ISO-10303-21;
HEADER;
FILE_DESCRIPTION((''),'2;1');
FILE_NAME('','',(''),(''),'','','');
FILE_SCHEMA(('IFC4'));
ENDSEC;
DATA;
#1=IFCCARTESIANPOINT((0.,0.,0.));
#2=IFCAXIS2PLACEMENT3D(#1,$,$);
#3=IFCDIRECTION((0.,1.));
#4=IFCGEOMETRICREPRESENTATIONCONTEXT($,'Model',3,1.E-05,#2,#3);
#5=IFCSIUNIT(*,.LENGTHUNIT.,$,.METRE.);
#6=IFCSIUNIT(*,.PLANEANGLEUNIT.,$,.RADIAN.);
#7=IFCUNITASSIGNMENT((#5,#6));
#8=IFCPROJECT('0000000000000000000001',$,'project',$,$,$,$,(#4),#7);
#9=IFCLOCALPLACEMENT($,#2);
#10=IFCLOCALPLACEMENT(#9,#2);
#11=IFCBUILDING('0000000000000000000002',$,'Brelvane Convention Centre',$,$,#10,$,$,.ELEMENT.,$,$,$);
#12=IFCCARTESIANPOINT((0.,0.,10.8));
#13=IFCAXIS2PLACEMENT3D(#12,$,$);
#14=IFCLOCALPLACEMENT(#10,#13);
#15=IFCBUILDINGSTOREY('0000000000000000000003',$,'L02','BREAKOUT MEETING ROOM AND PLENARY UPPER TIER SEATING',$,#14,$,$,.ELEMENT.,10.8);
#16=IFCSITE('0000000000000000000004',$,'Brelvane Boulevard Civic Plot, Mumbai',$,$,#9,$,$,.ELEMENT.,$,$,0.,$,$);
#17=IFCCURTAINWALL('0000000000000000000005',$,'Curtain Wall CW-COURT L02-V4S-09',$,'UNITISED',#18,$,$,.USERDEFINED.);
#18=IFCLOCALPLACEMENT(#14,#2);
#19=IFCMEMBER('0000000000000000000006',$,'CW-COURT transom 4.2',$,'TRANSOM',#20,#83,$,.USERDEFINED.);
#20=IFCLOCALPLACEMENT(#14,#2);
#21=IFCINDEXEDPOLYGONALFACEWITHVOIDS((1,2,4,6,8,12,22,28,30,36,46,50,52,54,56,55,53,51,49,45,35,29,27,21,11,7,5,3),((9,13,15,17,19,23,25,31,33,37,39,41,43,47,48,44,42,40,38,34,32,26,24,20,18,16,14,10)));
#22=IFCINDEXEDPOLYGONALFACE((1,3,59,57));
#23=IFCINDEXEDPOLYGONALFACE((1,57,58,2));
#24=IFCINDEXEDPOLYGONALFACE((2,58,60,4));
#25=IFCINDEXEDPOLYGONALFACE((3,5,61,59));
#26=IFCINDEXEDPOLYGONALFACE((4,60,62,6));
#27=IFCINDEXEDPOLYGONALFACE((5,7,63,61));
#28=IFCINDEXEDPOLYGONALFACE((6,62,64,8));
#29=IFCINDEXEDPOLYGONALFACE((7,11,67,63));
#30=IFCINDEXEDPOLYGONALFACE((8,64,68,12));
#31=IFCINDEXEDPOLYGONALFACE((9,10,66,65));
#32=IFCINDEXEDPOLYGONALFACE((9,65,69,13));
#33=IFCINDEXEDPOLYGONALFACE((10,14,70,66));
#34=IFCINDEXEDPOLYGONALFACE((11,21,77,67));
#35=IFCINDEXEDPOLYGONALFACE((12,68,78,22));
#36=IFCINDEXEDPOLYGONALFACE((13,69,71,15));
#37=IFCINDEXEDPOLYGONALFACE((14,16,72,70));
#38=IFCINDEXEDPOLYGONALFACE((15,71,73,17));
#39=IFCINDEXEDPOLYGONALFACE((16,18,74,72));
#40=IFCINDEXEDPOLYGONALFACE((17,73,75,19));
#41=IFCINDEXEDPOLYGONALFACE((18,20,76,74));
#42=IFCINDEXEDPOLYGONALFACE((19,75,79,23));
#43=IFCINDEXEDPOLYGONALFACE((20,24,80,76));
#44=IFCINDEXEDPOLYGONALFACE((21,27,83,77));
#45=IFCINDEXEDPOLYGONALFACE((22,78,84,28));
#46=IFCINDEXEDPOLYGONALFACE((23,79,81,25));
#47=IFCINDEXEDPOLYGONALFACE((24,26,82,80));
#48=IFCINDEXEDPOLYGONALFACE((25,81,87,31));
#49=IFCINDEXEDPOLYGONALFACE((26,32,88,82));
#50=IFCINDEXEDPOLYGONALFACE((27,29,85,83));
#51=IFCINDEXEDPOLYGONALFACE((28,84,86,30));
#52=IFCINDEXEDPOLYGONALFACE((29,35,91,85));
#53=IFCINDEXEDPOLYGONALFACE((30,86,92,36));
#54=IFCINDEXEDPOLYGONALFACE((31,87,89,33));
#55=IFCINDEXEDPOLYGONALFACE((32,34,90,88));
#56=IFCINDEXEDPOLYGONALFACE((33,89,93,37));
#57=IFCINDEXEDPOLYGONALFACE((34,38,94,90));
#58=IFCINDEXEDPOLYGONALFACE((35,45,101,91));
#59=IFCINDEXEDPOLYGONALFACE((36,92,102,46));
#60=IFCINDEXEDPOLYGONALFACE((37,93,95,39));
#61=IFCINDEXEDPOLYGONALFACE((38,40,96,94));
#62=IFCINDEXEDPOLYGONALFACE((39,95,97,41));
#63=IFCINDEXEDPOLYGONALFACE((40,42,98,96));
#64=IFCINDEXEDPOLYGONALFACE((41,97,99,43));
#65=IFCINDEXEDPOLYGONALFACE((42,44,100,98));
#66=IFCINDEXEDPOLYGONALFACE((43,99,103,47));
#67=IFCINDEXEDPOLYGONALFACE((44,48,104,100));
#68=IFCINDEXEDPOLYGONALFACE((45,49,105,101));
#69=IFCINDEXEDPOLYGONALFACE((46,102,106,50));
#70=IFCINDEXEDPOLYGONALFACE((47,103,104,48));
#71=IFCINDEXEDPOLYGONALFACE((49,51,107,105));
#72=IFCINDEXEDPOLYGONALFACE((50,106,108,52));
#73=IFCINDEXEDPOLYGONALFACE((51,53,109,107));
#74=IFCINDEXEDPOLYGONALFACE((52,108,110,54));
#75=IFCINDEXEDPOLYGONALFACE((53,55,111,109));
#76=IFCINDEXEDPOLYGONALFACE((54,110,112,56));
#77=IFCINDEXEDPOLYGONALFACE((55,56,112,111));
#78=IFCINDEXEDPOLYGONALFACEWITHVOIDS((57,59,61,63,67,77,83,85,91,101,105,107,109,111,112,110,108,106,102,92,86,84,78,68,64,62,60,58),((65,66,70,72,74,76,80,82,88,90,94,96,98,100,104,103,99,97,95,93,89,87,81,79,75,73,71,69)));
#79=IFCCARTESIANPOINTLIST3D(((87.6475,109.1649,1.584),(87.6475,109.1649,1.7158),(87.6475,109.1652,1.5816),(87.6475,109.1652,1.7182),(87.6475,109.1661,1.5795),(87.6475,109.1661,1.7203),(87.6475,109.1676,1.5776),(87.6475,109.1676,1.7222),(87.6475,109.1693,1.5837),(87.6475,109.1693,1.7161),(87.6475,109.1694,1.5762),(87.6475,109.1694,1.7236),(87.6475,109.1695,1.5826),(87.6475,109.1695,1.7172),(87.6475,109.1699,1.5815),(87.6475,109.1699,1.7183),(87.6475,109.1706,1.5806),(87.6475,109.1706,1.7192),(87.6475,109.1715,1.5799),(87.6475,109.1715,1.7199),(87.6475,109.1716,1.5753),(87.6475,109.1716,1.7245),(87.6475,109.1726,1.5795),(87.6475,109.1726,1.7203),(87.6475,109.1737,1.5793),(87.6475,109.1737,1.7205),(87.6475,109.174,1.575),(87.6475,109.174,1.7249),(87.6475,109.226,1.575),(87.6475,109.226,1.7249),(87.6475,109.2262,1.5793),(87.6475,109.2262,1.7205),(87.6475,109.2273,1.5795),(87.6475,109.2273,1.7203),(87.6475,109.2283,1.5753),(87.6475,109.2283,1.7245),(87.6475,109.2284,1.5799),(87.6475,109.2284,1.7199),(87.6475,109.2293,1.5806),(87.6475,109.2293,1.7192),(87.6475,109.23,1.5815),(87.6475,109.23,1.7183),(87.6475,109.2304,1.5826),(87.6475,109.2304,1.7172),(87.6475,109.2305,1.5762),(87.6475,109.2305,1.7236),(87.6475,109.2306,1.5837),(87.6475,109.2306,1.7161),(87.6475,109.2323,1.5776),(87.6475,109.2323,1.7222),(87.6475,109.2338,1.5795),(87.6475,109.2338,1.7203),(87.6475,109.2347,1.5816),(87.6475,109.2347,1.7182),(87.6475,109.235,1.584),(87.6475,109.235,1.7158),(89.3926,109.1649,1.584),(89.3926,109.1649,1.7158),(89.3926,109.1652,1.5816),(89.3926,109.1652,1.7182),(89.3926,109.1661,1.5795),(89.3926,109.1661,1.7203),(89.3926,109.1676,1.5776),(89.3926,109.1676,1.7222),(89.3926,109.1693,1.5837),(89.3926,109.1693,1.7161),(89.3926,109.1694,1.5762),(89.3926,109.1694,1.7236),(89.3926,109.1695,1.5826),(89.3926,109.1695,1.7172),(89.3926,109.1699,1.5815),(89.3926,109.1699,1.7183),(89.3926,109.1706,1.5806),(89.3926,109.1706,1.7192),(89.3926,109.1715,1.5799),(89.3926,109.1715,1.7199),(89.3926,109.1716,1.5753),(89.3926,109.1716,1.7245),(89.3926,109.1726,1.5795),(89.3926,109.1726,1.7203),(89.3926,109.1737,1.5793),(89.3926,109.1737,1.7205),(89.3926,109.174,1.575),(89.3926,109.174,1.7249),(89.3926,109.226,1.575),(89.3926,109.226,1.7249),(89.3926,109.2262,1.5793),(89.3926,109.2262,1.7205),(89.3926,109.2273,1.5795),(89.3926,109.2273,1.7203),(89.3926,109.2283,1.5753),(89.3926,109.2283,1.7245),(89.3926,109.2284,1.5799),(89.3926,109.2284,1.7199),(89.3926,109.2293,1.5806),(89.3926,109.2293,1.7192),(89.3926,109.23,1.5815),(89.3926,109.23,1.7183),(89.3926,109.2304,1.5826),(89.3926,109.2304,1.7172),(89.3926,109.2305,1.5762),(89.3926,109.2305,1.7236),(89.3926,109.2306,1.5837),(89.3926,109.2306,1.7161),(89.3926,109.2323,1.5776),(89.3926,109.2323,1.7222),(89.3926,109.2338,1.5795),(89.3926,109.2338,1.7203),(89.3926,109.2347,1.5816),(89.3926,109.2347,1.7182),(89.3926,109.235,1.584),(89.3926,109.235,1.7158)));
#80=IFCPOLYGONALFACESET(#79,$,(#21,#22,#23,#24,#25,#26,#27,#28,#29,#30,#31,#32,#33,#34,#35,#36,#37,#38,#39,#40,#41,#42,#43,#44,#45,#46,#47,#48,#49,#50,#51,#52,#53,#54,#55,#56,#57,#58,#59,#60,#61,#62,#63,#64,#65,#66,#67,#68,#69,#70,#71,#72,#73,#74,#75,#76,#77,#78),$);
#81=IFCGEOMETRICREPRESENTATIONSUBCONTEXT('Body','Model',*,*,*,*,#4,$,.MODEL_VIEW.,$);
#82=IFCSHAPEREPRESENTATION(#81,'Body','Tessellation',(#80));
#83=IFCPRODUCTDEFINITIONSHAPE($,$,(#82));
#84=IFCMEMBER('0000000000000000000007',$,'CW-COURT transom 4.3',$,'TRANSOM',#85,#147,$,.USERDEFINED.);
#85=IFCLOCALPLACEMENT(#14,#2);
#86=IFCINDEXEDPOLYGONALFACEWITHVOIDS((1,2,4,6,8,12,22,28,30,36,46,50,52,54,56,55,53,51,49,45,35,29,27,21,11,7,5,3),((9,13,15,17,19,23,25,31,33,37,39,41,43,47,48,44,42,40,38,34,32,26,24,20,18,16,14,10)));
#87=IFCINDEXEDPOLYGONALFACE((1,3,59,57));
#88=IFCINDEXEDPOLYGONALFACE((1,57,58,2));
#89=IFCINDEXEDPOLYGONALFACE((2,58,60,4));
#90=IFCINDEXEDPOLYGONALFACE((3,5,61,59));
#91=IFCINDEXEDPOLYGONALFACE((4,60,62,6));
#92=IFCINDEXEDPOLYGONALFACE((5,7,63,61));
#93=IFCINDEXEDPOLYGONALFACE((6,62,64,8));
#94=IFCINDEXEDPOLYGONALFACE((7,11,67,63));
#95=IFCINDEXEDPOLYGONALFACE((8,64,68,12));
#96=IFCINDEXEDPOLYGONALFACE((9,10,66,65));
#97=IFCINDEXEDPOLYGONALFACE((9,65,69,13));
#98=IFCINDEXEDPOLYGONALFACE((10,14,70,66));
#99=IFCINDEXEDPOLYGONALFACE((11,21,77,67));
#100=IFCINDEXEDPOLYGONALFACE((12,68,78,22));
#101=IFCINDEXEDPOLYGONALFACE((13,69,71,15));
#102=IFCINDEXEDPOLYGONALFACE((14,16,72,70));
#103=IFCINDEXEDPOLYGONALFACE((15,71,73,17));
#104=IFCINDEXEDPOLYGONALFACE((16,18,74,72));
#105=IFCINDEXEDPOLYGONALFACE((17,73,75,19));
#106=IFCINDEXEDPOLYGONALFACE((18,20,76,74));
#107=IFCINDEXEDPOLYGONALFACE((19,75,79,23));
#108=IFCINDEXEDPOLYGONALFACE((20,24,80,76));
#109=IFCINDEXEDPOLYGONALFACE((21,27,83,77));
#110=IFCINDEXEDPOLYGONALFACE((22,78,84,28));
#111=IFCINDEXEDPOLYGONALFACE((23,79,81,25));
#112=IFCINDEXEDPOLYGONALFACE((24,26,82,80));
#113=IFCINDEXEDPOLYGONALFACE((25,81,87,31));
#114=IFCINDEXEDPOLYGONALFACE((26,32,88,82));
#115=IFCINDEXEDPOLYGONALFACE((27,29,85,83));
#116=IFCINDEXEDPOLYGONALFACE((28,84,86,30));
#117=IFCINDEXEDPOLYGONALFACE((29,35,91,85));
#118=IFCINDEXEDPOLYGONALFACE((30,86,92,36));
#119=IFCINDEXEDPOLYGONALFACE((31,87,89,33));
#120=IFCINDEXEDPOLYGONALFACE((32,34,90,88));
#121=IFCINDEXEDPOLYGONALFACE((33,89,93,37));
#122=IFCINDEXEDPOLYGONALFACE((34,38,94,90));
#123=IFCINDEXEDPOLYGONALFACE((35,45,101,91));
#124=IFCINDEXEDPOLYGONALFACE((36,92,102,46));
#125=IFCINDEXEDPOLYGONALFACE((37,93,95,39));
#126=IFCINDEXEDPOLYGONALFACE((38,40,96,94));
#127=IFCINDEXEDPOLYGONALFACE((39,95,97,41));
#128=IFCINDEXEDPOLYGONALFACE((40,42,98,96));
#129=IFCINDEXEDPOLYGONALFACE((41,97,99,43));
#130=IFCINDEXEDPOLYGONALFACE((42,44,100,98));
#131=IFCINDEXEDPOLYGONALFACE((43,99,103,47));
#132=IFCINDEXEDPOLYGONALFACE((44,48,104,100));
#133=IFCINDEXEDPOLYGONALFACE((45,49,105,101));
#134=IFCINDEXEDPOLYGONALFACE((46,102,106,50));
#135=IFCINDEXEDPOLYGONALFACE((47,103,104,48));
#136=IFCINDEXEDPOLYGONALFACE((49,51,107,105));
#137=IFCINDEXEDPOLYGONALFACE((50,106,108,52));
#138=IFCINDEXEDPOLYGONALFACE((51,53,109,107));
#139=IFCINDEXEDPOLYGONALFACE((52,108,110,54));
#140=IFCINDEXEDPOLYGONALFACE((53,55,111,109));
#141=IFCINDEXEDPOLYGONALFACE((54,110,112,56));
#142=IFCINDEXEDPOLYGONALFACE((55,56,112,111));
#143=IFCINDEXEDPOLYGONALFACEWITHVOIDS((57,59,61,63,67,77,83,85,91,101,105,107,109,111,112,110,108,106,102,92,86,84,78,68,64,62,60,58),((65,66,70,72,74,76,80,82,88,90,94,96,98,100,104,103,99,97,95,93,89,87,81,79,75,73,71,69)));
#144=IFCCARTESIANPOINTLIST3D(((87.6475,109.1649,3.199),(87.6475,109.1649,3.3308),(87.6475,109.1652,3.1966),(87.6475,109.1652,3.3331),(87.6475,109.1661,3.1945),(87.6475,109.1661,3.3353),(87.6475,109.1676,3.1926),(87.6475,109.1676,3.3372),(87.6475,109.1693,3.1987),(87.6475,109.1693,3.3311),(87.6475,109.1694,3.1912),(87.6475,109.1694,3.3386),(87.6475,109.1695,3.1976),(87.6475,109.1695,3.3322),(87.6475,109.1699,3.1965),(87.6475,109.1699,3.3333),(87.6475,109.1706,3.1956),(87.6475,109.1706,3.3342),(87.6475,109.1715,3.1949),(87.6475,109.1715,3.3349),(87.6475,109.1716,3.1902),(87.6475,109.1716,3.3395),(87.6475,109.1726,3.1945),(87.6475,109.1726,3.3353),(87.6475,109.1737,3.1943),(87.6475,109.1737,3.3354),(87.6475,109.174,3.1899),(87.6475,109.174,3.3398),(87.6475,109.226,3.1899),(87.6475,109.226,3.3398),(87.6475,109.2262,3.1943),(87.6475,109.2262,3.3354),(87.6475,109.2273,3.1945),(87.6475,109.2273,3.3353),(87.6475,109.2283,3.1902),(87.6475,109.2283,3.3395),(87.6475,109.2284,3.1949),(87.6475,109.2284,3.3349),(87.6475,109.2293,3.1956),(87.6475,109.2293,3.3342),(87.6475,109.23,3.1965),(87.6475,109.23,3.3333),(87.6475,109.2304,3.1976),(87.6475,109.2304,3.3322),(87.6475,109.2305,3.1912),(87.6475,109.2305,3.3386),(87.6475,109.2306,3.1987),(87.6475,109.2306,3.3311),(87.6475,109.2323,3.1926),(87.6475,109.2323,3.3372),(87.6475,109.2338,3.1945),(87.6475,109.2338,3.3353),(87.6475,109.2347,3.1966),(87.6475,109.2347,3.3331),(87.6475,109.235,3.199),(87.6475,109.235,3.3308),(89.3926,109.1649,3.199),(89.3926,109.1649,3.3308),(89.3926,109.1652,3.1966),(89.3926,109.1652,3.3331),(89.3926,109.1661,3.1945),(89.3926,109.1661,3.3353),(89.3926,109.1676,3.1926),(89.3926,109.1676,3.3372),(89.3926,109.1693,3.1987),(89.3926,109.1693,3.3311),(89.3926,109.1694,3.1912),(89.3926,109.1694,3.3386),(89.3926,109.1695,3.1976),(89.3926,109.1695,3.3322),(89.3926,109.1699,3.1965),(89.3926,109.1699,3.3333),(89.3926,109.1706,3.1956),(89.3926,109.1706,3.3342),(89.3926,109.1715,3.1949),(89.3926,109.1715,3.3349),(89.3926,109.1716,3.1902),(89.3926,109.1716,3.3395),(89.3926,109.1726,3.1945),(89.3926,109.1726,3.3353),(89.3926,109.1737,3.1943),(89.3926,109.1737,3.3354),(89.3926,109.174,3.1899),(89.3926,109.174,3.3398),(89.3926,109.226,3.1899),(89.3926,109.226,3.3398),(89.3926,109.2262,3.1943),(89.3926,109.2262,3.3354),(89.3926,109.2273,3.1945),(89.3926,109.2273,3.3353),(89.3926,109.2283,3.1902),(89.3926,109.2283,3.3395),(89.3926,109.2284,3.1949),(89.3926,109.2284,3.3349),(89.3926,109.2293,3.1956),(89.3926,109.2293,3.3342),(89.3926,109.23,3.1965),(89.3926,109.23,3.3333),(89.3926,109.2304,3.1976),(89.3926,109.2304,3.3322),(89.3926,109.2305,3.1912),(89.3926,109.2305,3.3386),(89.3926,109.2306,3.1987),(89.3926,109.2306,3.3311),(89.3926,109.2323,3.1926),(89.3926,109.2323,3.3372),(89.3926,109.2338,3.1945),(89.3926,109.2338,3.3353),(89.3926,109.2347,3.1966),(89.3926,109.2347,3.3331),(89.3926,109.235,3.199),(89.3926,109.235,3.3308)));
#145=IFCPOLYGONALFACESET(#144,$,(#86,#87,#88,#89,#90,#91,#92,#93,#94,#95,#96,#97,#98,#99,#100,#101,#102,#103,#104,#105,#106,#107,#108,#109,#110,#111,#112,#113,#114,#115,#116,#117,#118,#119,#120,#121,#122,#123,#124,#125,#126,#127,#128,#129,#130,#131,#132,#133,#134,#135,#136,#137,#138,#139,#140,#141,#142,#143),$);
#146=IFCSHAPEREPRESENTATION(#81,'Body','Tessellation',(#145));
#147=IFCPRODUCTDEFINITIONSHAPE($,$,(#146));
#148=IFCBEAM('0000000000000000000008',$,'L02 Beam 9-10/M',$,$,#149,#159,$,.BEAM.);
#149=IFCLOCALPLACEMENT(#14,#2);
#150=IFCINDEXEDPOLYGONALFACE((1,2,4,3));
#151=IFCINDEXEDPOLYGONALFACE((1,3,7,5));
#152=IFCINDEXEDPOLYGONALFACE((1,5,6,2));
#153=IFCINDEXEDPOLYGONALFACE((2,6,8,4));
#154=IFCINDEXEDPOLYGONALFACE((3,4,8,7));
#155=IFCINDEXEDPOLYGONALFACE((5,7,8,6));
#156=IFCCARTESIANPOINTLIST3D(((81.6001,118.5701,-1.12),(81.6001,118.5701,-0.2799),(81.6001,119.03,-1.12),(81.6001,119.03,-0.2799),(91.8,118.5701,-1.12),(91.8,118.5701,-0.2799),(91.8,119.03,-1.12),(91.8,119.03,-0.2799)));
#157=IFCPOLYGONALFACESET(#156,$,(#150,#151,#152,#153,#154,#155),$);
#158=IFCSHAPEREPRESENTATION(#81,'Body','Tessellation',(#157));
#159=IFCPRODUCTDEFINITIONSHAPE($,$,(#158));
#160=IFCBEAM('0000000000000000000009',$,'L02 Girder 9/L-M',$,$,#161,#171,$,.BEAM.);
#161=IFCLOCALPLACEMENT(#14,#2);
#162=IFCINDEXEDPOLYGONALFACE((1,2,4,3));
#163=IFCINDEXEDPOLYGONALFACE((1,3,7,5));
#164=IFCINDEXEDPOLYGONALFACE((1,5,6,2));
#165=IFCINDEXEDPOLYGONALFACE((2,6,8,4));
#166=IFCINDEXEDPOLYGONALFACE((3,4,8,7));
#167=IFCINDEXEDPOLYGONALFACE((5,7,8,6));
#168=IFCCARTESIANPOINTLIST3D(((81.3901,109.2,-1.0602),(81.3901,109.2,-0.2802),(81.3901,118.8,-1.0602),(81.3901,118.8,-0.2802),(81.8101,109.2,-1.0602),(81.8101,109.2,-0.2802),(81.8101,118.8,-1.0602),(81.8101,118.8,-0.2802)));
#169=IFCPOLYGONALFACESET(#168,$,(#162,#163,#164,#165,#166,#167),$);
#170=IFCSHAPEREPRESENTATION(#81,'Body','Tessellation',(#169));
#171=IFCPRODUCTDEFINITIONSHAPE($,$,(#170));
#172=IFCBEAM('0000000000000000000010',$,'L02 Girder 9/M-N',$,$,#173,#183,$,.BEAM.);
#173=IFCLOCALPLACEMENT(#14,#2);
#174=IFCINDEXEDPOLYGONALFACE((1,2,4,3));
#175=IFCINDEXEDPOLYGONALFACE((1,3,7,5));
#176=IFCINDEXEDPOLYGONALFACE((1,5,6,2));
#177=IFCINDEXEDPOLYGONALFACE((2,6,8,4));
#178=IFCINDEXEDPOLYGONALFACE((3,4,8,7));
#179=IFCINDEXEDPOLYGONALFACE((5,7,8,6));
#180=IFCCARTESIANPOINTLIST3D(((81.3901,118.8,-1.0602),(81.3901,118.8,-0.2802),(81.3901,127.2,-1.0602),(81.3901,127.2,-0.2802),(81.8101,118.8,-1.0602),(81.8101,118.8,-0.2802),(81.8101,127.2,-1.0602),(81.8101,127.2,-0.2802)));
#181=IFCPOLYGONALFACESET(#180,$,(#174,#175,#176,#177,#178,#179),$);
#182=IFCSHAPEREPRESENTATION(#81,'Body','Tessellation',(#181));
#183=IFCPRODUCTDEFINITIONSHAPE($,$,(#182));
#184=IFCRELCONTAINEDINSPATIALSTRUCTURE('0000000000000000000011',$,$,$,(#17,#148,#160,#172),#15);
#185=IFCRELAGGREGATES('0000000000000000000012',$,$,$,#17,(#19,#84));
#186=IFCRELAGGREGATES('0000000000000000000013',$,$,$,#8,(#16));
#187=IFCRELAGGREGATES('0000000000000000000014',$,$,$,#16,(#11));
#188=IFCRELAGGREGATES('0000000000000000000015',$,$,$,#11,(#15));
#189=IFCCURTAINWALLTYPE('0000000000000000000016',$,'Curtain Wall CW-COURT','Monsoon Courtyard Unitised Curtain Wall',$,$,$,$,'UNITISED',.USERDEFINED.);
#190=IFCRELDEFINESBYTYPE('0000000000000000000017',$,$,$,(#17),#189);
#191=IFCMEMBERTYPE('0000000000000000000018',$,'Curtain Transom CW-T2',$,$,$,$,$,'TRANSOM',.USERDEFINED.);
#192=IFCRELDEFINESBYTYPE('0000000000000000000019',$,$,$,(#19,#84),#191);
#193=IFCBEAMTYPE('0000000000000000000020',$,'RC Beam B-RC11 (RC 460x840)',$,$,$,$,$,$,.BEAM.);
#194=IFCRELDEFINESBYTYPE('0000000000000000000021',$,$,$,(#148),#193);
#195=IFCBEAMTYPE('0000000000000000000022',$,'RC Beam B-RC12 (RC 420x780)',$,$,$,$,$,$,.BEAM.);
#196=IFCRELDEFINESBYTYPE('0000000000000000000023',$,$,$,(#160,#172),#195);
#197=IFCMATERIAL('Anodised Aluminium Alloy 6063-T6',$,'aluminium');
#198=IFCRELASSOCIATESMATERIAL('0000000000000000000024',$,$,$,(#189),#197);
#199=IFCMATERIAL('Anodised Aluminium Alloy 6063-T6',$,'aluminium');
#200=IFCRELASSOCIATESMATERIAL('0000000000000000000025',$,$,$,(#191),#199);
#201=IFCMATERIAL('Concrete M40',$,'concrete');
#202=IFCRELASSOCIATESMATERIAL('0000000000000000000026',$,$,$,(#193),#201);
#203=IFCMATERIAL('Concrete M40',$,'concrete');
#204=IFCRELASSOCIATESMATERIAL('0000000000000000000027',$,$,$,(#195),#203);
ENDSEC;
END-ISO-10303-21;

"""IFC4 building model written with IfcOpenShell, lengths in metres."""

from ifc_helpers import new_model, si_unit, direction, frame, origin, origin_2d, place, context, subcontext, project, spatial, rectangle, hollow_rectangle, extrude, material, material_profile, profile_set, type_object, element, aggregate, save


model = new_model("IFC4")

# Units and contexts
model_context = context("Model", 3, precision=1e-05, world=origin(), true_north=direction((0.0, 1.0)))
body_context = subcontext(model_context, "Body", "Model", "MODEL_VIEW")
ifc_project = project(units=[si_unit("LENGTHUNIT", "METRE"), si_unit("PLANEANGLEUNIT", "RADIAN")], contexts=[model_context])

# Site, building, storey
site_placement = place(None, origin())
site = spatial("IfcSite", under=ifc_project, at=site_placement, Name="Brelvane Boulevard Civic Plot, Mumbai", CompositionType="ELEMENT", RefElevation=0.0)
building_placement = place(site_placement, origin())
building = spatial("IfcBuilding", under=site, at=building_placement, Name="Brelvane Convention Centre", CompositionType="ELEMENT")
storey_placement = place(building_placement, frame((0.0, 0.0, 10.8)))
storey = spatial("IfcBuildingStorey", under=building, at=storey_placement, Name="L02", Description="BREAKOUT MEETING ROOM AND PLENARY UPPER TIER SEATING", CompositionType="ELEMENT", Elevation=10.8)

# Curtain wall, members
ifc_material_1 = material(Name="Anodised Aluminium Alloy 6063-T6", Category="aluminium")
curtain_wall_type = type_object("IfcCurtainWallType", Name="Curtain Wall CW-COURT", Description="Monsoon Courtyard Unitised Curtain Wall", ElementType="UNITISED", PredefinedType="USERDEFINED", material=ifc_material_1)
curtain_wall_placement = place(storey_placement, origin())
curtain_wall = element("IfcCurtainWall", 1, at=curtain_wall_placement, inside=storey, type_object=curtain_wall_type, Name="Curtain Wall CW-COURT L02-V4S-09", ObjectType="UNITISED", PredefinedType="USERDEFINED")
ifc_material_2 = material(Name="Anodised Aluminium Alloy 6063-T6", Category="aluminium")
ifc_material_profile_1 = material_profile(ifc_material_2, hollow_rectangle(XDim=0.0701, YDim=0.1499, WallThickness=0.0044, InnerFilletRadius=0.0044, OuterFilletRadius=0.009, at=origin_2d()), Name="ALU-T 150x70x4.5")
ifc_profile_set_1 = profile_set([ifc_material_profile_1], Name="Anodised Aluminium Alloy 6063-T6")
member_type_1 = type_object("IfcMemberType", Name="Curtain Transom CW-T2", ElementType="TRANSOM", PredefinedType="USERDEFINED", material=ifc_profile_set_1)
member_1_placement = place(storey_placement, frame((87.6475, 109.2, 1.6499), z_axis=(1.0, 0.0, 0.0), x_axis=(0.0, 1.0, 0.0)))
member_1 = element("IfcMember", 2, at=member_1_placement, type_object=member_type_1, Name="CW-COURT transom 4.2", ObjectType="TRANSOM", PredefinedType="USERDEFINED", context=body_context, shape_type="SweptSolid", body=[
    extrude(hollow_rectangle(XDim=0.0701, YDim=0.1499, WallThickness=0.0044, InnerFilletRadius=0.0044, OuterFilletRadius=0.009, at=origin_2d()), origin(), (0.0, 0.0, 1.0), 1.7451),
])
member_2_placement = place(storey_placement, frame((87.6475, 109.2, 3.2649), z_axis=(1.0, 0.0, 0.0), x_axis=(0.0, 1.0, 0.0)))
member_2 = element("IfcMember", 3, at=member_2_placement, type_object=member_type_1, Name="CW-COURT transom 4.3", ObjectType="TRANSOM", PredefinedType="USERDEFINED", context=body_context, shape_type="SweptSolid", body=[
    extrude(hollow_rectangle(XDim=0.0701, YDim=0.1499, WallThickness=0.0044, InnerFilletRadius=0.0044, OuterFilletRadius=0.009, at=origin_2d()), origin(), (0.0, 0.0, 1.0), 1.7451),
])

# Beams
ifc_material_3 = material(Name="Concrete M40", Category="concrete")
ifc_material_profile_2 = material_profile(ifc_material_3, rectangle(XDim=0.46, YDim=0.8401, at=origin_2d()), Name="RC 460x840")
ifc_profile_set_2 = profile_set([ifc_material_profile_2], Name="Concrete M40")
beam_type_1 = type_object("IfcBeamType", Name="RC Beam B-RC11 (RC 460x840)", PredefinedType="BEAM", material=ifc_profile_set_2)
beam_1_placement = place(storey_placement, frame((81.6001, 118.8, -0.7), z_axis=(1.0, 0.0, 0.0), x_axis=(0.0, 1.0, 0.0)))
element("IfcBeam", 4, at=beam_1_placement, inside=storey, type_object=beam_type_1, Name="L02 Beam 9-10/M", PredefinedType="BEAM", context=body_context, shape_type="SweptSolid", body=[
    extrude(rectangle(XDim=0.46, YDim=0.8401, at=origin_2d()), origin(), (0.0, 0.0, 1.0), 10.2),
])
ifc_material_4 = material(Name="Concrete M40", Category="concrete")
ifc_material_profile_3 = material_profile(ifc_material_4, rectangle(XDim=0.4199, YDim=0.78, at=origin_2d()), Name="RC 420x780")
ifc_profile_set_3 = profile_set([ifc_material_profile_3], Name="Concrete M40")
beam_type_2 = type_object("IfcBeamType", Name="RC Beam B-RC12 (RC 420x780)", PredefinedType="BEAM", material=ifc_profile_set_3)
beam_2_placement = place(storey_placement, frame((81.6001, 109.2, -0.6702), z_axis=(0.0, 1.0, 0.0), x_axis=(-1.0, 0.0, 0.0)))
element("IfcBeam", 5, at=beam_2_placement, inside=storey, type_object=beam_type_2, Name="L02 Girder 9/L-M", PredefinedType="BEAM", context=body_context, shape_type="SweptSolid", body=[
    extrude(rectangle(XDim=0.4199, YDim=0.78, at=origin_2d()), origin(), (0.0, 0.0, 1.0), 9.6001),
])
beam_3_placement = place(storey_placement, frame((81.6001, 118.8, -0.6702), z_axis=(0.0, 1.0, 0.0), x_axis=(-1.0, 0.0, 0.0)))
element("IfcBeam", 6, at=beam_3_placement, inside=storey, type_object=beam_type_2, Name="L02 Girder 9/M-N", PredefinedType="BEAM", context=body_context, shape_type="SweptSolid", body=[
    extrude(rectangle(XDim=0.4199, YDim=0.78, at=origin_2d()), origin(), (0.0, 0.0, 1.0), 8.3999),
])

aggregate(curtain_wall, [member_1, member_2])

save(model, "model.ifc")
